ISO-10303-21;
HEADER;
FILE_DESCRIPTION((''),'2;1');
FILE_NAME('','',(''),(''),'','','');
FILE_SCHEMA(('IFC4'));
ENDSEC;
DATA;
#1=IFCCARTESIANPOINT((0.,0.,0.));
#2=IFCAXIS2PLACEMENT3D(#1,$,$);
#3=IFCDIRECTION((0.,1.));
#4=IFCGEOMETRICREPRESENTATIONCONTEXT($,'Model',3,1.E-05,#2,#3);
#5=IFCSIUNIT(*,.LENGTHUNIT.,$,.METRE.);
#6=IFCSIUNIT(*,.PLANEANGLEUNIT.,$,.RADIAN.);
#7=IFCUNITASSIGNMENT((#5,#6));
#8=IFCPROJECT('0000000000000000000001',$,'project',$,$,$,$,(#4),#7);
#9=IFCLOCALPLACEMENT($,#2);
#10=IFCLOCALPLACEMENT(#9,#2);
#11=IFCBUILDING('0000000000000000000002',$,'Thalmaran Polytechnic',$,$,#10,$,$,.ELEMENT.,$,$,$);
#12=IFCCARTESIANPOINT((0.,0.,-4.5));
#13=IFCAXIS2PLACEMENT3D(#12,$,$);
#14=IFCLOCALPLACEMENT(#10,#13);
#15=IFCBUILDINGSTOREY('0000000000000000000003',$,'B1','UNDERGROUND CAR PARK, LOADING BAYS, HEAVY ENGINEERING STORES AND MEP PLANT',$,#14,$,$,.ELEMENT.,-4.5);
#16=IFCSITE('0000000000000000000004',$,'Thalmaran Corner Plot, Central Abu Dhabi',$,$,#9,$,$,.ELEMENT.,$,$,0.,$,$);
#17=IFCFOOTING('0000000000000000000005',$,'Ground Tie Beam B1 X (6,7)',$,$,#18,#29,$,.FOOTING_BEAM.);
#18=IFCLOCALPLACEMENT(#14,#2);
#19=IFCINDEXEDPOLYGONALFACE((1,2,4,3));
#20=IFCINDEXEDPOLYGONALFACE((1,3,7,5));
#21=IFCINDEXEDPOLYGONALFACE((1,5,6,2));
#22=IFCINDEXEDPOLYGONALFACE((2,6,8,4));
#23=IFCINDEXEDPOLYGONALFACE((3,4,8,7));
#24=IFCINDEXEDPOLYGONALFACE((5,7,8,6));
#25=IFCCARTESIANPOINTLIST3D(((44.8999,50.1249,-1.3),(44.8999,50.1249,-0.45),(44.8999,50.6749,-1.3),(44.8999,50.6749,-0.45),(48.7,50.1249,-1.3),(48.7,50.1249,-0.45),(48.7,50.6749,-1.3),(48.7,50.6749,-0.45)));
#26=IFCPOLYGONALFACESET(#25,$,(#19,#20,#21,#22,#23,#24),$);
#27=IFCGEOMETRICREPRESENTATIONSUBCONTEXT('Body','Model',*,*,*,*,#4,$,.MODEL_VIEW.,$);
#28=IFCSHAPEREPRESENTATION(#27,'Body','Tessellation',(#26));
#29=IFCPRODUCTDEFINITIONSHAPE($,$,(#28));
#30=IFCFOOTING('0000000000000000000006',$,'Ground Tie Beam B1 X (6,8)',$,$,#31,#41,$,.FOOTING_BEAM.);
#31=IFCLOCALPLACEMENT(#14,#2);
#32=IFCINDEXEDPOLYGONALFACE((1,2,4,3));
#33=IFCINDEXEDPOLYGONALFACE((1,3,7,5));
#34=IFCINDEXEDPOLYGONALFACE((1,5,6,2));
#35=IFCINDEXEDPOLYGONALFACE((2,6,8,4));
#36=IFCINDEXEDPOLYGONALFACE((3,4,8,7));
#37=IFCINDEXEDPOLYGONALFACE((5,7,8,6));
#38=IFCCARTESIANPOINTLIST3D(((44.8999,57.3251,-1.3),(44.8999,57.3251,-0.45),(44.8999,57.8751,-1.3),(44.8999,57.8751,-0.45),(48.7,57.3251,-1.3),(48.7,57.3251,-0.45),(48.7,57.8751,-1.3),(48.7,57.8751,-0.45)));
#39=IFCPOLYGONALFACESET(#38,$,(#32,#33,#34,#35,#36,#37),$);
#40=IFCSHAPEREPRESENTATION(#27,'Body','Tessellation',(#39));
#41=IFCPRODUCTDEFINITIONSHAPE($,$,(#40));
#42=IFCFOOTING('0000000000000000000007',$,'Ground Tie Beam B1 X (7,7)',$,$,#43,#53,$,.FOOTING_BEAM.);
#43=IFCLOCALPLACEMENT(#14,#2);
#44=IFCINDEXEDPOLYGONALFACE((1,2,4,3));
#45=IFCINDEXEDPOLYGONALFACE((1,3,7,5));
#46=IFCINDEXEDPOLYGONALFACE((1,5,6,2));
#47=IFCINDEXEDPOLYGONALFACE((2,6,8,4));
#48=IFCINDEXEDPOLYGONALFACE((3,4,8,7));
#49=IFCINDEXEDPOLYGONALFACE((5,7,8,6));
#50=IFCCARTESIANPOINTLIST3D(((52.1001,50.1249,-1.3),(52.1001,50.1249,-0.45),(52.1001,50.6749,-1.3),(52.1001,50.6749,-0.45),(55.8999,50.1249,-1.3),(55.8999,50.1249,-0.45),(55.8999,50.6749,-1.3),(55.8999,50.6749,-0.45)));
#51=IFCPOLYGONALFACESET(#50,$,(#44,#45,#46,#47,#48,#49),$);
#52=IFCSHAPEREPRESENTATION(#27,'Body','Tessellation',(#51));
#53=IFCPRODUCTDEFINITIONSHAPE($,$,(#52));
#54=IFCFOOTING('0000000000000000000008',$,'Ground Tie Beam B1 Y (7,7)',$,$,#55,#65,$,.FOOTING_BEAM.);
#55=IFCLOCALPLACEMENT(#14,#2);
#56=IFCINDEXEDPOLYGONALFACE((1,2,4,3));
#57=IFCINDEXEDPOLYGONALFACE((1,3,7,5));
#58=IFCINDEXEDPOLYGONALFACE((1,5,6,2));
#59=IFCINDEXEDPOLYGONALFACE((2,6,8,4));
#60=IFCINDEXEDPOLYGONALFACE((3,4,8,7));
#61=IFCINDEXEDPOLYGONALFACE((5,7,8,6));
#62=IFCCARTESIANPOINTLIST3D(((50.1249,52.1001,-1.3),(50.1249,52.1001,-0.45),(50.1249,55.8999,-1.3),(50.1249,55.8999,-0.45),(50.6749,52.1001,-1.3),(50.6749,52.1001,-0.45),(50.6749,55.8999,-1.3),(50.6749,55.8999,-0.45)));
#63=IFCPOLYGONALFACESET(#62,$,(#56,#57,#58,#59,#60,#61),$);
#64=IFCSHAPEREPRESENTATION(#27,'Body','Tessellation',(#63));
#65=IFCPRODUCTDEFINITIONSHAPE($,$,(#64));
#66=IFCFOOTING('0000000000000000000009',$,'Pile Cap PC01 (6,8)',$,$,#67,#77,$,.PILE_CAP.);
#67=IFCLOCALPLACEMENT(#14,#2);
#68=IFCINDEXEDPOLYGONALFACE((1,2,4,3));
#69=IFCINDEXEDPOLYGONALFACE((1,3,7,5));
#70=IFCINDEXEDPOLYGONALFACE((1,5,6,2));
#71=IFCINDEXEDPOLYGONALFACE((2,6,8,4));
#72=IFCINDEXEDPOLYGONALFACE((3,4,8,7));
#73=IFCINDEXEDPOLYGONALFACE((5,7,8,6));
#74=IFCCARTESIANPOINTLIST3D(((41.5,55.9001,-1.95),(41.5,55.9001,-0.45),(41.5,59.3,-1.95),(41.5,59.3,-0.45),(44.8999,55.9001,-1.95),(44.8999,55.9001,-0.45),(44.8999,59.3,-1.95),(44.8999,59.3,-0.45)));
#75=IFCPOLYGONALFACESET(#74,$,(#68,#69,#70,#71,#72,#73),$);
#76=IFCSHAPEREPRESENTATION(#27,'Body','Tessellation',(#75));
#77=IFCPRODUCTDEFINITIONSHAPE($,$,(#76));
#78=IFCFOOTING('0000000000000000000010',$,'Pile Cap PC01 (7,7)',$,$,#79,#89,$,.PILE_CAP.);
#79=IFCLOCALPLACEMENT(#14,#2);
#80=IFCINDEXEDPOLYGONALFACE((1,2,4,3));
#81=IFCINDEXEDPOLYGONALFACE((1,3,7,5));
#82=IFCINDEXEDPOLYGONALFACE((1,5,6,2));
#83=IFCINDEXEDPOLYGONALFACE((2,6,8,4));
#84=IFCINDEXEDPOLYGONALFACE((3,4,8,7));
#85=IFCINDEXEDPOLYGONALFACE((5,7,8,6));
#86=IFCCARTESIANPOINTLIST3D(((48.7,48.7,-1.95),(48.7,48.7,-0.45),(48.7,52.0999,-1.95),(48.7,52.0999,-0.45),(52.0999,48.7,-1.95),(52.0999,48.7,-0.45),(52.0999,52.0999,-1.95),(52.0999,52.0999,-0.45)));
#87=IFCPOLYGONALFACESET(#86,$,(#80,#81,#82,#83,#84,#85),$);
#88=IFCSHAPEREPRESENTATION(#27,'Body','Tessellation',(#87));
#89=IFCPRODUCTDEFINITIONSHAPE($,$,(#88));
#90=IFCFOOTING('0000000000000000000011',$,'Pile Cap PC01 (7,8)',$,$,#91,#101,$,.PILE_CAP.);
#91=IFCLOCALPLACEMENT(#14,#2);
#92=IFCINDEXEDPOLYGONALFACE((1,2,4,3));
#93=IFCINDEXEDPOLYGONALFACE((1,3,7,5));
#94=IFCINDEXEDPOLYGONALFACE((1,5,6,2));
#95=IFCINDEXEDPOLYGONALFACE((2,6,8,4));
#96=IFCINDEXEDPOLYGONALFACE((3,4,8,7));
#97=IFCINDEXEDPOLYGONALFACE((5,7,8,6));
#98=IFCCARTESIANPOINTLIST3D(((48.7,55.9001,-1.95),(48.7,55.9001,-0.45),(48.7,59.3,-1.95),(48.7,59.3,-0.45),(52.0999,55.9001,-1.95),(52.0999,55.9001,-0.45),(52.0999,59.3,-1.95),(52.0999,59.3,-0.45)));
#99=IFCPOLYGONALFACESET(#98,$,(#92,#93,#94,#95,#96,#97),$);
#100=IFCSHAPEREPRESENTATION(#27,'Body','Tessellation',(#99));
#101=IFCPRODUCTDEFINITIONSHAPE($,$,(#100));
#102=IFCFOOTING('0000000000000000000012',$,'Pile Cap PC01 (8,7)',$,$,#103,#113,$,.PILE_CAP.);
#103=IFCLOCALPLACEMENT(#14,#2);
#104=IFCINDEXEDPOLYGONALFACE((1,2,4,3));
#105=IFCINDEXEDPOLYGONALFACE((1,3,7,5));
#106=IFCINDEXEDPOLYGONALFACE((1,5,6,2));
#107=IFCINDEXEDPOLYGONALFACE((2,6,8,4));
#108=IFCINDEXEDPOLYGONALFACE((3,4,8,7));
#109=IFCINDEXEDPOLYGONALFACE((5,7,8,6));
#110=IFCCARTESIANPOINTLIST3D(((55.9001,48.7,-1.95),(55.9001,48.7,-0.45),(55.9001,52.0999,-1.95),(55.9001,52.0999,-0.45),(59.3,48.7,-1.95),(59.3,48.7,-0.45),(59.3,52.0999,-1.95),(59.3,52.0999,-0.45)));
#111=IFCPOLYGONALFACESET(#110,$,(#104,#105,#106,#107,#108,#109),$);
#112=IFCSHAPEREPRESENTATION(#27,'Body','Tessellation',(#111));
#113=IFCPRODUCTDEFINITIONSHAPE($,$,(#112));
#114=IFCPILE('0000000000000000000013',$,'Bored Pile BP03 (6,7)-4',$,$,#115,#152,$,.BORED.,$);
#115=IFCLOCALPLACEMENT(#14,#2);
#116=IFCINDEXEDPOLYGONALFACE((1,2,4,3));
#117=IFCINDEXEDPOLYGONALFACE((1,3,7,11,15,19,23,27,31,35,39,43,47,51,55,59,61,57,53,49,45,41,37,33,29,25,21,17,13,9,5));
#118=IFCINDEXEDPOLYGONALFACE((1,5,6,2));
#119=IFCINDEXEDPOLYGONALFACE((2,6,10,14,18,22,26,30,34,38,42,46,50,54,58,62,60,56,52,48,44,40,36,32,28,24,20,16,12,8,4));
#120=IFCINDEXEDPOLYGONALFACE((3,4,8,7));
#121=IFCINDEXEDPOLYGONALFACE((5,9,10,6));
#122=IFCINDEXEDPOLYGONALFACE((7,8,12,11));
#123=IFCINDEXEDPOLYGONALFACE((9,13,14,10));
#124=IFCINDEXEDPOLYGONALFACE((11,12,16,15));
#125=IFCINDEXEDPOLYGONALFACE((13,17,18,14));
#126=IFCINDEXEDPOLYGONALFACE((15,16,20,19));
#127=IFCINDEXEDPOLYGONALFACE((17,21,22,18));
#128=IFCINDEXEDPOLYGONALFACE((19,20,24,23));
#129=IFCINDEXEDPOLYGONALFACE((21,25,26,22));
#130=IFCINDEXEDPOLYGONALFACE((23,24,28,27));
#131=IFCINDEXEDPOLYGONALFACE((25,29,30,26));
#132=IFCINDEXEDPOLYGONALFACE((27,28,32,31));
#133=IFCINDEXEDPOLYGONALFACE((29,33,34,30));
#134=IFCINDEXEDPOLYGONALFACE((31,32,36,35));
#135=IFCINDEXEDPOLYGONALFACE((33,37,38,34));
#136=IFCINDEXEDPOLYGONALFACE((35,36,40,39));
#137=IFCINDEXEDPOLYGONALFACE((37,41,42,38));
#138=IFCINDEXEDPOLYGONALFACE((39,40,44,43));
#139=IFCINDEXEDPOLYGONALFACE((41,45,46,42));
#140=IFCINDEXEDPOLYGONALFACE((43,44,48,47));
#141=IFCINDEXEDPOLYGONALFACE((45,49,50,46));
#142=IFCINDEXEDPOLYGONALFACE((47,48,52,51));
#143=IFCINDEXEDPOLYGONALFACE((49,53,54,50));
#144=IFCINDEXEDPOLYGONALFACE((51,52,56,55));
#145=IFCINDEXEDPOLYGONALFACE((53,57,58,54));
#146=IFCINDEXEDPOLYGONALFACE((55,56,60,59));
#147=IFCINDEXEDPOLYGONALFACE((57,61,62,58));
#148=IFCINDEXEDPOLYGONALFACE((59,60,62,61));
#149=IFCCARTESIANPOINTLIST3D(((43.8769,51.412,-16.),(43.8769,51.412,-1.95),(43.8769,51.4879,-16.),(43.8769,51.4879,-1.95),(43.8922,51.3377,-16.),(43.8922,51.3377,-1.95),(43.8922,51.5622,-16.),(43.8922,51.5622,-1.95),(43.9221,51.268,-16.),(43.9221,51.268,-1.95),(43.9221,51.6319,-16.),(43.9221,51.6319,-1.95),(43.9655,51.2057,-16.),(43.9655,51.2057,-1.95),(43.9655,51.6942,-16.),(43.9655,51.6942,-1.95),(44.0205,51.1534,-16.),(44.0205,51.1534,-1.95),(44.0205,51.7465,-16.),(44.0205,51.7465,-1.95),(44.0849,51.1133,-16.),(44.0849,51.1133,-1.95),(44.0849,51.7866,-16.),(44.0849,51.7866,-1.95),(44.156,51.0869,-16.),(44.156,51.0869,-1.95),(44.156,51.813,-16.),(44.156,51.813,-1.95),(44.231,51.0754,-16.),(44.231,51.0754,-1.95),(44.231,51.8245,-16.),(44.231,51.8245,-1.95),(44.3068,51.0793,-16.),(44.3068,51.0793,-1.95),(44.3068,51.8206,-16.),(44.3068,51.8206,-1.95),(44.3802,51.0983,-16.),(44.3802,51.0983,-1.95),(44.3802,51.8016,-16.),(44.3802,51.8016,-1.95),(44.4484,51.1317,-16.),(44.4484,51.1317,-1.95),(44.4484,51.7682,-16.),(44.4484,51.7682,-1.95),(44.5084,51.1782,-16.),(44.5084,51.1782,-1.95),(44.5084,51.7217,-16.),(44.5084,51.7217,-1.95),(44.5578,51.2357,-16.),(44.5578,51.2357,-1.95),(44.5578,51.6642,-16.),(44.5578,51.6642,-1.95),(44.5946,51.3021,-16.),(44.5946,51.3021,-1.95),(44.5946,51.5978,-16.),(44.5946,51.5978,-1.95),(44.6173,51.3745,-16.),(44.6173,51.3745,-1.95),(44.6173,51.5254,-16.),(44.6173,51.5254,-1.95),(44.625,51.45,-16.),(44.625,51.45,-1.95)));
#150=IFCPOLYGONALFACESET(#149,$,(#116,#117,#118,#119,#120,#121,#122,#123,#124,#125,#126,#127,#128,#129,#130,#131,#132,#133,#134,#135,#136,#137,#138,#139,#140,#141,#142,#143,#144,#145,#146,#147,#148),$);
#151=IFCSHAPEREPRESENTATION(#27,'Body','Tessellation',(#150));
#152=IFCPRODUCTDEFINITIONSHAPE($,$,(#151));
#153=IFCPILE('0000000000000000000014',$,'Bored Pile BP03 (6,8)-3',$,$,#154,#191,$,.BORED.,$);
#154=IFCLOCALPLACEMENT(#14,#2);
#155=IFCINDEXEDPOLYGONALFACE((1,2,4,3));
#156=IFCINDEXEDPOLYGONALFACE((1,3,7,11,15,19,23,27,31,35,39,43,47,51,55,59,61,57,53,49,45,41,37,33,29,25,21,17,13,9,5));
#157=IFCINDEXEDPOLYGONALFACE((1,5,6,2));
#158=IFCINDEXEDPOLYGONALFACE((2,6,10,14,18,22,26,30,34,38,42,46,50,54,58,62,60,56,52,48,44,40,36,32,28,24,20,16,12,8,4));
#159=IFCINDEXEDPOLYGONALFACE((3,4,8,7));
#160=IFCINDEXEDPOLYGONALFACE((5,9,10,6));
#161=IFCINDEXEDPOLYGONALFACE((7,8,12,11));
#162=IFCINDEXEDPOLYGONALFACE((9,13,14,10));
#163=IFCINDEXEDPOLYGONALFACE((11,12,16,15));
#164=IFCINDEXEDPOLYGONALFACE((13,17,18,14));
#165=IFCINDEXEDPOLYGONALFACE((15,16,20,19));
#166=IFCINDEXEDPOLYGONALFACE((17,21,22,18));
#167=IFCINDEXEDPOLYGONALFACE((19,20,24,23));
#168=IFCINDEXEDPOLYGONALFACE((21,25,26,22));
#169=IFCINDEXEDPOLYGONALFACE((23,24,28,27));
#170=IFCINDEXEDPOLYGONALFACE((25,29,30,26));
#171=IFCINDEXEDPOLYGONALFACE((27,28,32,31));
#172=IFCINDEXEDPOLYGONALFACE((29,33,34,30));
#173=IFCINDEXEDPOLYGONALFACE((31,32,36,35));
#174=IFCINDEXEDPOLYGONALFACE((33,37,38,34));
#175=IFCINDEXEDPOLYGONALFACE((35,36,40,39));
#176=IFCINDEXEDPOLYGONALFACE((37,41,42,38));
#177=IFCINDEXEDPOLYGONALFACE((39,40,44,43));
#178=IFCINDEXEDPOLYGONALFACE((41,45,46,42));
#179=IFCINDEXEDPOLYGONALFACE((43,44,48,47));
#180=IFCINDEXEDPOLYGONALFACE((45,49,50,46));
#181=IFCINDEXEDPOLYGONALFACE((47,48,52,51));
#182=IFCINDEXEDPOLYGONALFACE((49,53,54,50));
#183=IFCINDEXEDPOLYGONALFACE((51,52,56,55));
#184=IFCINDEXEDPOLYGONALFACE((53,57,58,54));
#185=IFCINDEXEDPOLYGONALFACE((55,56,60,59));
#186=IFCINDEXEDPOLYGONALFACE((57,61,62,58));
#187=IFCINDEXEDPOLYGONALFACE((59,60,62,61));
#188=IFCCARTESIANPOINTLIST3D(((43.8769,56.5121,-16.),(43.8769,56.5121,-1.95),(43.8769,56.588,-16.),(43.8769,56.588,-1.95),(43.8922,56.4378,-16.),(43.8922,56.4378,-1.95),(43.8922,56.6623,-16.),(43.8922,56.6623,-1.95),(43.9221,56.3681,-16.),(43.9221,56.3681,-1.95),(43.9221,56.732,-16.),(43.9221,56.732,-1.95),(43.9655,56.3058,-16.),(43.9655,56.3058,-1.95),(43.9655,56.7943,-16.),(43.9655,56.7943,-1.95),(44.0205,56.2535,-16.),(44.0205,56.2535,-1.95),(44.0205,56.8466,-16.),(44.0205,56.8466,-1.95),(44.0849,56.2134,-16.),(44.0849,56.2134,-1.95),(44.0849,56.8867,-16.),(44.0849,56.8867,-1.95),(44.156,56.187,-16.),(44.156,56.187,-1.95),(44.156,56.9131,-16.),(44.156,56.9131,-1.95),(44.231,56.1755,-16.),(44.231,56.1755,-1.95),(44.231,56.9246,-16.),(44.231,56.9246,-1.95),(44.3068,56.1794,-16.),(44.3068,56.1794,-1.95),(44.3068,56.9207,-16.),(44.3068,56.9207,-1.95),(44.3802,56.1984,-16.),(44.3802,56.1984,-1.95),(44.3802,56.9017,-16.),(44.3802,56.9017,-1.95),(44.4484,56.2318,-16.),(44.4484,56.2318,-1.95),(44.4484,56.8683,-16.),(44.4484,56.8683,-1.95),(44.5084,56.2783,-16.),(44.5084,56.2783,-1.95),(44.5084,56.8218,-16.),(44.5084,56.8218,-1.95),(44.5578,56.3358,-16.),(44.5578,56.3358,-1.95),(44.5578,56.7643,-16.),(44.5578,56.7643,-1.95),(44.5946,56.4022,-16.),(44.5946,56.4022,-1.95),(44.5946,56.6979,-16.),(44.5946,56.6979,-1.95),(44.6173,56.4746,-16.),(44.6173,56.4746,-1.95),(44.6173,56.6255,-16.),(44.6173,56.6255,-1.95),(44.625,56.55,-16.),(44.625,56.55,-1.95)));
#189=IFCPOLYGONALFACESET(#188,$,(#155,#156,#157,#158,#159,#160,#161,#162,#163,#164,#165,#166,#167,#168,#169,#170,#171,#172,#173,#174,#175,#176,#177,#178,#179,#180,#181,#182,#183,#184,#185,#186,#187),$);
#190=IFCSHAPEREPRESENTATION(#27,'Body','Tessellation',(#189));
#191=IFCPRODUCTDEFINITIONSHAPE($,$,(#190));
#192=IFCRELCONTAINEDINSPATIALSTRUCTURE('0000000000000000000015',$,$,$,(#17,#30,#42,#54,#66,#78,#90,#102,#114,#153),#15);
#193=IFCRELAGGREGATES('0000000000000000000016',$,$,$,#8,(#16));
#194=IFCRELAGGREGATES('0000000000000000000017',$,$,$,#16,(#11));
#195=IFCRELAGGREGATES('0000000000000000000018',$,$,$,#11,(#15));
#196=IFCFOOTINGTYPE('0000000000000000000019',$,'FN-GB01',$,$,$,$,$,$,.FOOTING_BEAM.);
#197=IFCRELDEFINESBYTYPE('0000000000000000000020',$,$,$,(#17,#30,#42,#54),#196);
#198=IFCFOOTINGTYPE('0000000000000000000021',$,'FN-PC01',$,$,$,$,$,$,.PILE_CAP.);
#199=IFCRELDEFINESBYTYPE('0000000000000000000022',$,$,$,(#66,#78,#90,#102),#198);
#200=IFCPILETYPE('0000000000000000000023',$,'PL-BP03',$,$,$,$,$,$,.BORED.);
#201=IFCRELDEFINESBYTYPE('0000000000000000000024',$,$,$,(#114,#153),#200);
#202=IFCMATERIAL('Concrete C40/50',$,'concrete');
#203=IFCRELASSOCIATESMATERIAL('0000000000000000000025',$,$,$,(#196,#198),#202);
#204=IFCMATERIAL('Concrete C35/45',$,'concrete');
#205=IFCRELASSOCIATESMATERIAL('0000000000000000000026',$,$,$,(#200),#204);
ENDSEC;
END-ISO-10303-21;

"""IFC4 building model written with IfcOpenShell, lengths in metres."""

from ifc_helpers import new_model, si_unit, direction, frame, origin, origin_2d, place, context, subcontext, project, spatial, rectangle, circle, extrude, material, material_profile, profile_set, type_object, element, save


model = new_model("IFC4")

# Units and contexts
model_context = context("Model", 3, precision=1e-05, world=origin(), true_north=direction((0.0, 1.0)))
body_context = subcontext(model_context, "Body", "Model", "MODEL_VIEW")
ifc_project = project(units=[si_unit("LENGTHUNIT", "METRE"), si_unit("PLANEANGLEUNIT", "RADIAN")], contexts=[model_context])

# Site, building, storey
site_placement = place(None, origin())
site = spatial("IfcSite", under=ifc_project, at=site_placement, Name="Thalmaran Corner Plot, Central Abu Dhabi", CompositionType="ELEMENT", RefElevation=0.0)
building_placement = place(site_placement, origin())
building = spatial("IfcBuilding", under=site, at=building_placement, Name="Thalmaran Polytechnic", CompositionType="ELEMENT")
storey_placement = place(building_placement, frame((0.0, 0.0, -4.5)))
storey = spatial("IfcBuildingStorey", under=building, at=storey_placement, Name="B1", Description="UNDERGROUND CAR PARK, LOADING BAYS, HEAVY ENGINEERING STORES AND MEP PLANT", CompositionType="ELEMENT", Elevation=-4.5)

# Footings
ifc_material_1 = material(Name="Concrete C40/50", Category="concrete")
ifc_material_profile_1 = material_profile(ifc_material_1, rectangle(XDim=0.55, YDim=0.8501, at=origin_2d()), Name="RC 550x850")
ifc_profile_set_1 = profile_set([ifc_material_profile_1], Name="Concrete C40/50")
footing_type_1 = type_object("IfcFootingType", Name="FN-GB01", PredefinedType="FOOTING_BEAM", material=ifc_profile_set_1)
for number, where, z_axis, x_axis, name in (
    (1, (44.8999, 50.3999, -0.875), (1.0, 0.0, 0.0), (0.0, 1.0, 0.0), "Ground Tie Beam B1 X (6,7)"),
    (2, (44.8999, 57.6001, -0.875), (1.0, 0.0, 0.0), (0.0, 1.0, 0.0), "Ground Tie Beam B1 X (6,8)"),
):
    element("IfcFooting", number, at=place(storey_placement, frame(where, z_axis=z_axis, x_axis=x_axis)), inside=storey, type_object=footing_type_1, Name=name, PredefinedType="FOOTING_BEAM", context=body_context, shape_type="SweptSolid", body=[
        extrude(rectangle(XDim=0.55, YDim=0.8501, at=origin_2d()), origin(), (0.0, 0.0, 1.0), 3.8),
    ])
for number, where, z_axis, x_axis, name in (
    (3, (52.1001, 50.3999, -0.875), (1.0, 0.0, 0.0), (0.0, 1.0, 0.0), "Ground Tie Beam B1 X (7,7)"),
    (4, (50.3999, 52.1001, -0.875), (0.0, 1.0, 0.0), (-1.0, 0.0, 0.0), "Ground Tie Beam B1 Y (7,7)"),
):
    element("IfcFooting", number, at=place(storey_placement, frame(where, z_axis=z_axis, x_axis=x_axis)), inside=storey, type_object=footing_type_1, Name=name, PredefinedType="FOOTING_BEAM", context=body_context, shape_type="SweptSolid", body=[
        extrude(rectangle(XDim=0.55, YDim=0.8501, at=origin_2d()), origin(), (0.0, 0.0, 1.0), 3.7998),
    ])
footing_type_2 = type_object("IfcFootingType", Name="FN-PC01", PredefinedType="PILE_CAP", material=ifc_material_1)
for number, where, z_axis, x_axis, name in (
    (5, (43.2, 57.6001, -1.95), (0.0, 0.0, 1.0), (1.0, 0.0, 0.0), "Pile Cap PC01 (6,8)"),
    (6, (50.3999, 50.3999, -1.95), (0.0, 0.0, 1.0), (1.0, 0.0, 0.0), "Pile Cap PC01 (7,7)"),
    (7, (50.3999, 57.6001, -1.95), (0.0, 0.0, 1.0), (1.0, 0.0, 0.0), "Pile Cap PC01 (7,8)"),
    (8, (57.6001, 50.3999, -1.95), (0.0, 0.0, 1.0), (1.0, 0.0, 0.0), "Pile Cap PC01 (8,7)"),
):
    element("IfcFooting", number, at=place(storey_placement, frame(where, z_axis=z_axis, x_axis=x_axis)), inside=storey, type_object=footing_type_2, Name=name, PredefinedType="PILE_CAP", context=body_context, shape_type="SweptSolid", body=[
        extrude(rectangle(XDim=3.3999, YDim=3.3999, at=origin_2d()), origin(), (0.0, 0.0, 1.0), 1.5),
    ])

# Piles
ifc_material_2 = material(Name="Concrete C35/45", Category="concrete")
ifc_material_profile_2 = material_profile(ifc_material_2, circle(Radius=0.375, at=origin_2d()), Name="RC 750 DIA")
ifc_profile_set_2 = profile_set([ifc_material_profile_2], Name="Concrete C35/45")
pile_type = type_object("IfcPileType", Name="PL-BP03", PredefinedType="BORED", material=ifc_profile_set_2)
for number, where, z_axis, x_axis, name in (
    (9, (44.25, 51.45, -1.95), (0.0, 0.0, -1.0), (1.0, 0.0, 0.0), "Bored Pile BP03 (6,7)-4"),
    (10, (44.25, 56.55, -1.95), (0.0, 0.0, -1.0), (1.0, 0.0, 0.0), "Bored Pile BP03 (6,8)-3"),
):
    element("IfcPile", number, at=place(storey_placement, frame(where, z_axis=z_axis, x_axis=x_axis)), inside=storey, type_object=pile_type, Name=name, PredefinedType="BORED", context=body_context, shape_type="SweptSolid", body=[
        extrude(circle(Radius=0.375, at=origin_2d()), origin(), (0.0, 0.0, 1.0), 14.05),
    ])

save(model, "model.ifc")
